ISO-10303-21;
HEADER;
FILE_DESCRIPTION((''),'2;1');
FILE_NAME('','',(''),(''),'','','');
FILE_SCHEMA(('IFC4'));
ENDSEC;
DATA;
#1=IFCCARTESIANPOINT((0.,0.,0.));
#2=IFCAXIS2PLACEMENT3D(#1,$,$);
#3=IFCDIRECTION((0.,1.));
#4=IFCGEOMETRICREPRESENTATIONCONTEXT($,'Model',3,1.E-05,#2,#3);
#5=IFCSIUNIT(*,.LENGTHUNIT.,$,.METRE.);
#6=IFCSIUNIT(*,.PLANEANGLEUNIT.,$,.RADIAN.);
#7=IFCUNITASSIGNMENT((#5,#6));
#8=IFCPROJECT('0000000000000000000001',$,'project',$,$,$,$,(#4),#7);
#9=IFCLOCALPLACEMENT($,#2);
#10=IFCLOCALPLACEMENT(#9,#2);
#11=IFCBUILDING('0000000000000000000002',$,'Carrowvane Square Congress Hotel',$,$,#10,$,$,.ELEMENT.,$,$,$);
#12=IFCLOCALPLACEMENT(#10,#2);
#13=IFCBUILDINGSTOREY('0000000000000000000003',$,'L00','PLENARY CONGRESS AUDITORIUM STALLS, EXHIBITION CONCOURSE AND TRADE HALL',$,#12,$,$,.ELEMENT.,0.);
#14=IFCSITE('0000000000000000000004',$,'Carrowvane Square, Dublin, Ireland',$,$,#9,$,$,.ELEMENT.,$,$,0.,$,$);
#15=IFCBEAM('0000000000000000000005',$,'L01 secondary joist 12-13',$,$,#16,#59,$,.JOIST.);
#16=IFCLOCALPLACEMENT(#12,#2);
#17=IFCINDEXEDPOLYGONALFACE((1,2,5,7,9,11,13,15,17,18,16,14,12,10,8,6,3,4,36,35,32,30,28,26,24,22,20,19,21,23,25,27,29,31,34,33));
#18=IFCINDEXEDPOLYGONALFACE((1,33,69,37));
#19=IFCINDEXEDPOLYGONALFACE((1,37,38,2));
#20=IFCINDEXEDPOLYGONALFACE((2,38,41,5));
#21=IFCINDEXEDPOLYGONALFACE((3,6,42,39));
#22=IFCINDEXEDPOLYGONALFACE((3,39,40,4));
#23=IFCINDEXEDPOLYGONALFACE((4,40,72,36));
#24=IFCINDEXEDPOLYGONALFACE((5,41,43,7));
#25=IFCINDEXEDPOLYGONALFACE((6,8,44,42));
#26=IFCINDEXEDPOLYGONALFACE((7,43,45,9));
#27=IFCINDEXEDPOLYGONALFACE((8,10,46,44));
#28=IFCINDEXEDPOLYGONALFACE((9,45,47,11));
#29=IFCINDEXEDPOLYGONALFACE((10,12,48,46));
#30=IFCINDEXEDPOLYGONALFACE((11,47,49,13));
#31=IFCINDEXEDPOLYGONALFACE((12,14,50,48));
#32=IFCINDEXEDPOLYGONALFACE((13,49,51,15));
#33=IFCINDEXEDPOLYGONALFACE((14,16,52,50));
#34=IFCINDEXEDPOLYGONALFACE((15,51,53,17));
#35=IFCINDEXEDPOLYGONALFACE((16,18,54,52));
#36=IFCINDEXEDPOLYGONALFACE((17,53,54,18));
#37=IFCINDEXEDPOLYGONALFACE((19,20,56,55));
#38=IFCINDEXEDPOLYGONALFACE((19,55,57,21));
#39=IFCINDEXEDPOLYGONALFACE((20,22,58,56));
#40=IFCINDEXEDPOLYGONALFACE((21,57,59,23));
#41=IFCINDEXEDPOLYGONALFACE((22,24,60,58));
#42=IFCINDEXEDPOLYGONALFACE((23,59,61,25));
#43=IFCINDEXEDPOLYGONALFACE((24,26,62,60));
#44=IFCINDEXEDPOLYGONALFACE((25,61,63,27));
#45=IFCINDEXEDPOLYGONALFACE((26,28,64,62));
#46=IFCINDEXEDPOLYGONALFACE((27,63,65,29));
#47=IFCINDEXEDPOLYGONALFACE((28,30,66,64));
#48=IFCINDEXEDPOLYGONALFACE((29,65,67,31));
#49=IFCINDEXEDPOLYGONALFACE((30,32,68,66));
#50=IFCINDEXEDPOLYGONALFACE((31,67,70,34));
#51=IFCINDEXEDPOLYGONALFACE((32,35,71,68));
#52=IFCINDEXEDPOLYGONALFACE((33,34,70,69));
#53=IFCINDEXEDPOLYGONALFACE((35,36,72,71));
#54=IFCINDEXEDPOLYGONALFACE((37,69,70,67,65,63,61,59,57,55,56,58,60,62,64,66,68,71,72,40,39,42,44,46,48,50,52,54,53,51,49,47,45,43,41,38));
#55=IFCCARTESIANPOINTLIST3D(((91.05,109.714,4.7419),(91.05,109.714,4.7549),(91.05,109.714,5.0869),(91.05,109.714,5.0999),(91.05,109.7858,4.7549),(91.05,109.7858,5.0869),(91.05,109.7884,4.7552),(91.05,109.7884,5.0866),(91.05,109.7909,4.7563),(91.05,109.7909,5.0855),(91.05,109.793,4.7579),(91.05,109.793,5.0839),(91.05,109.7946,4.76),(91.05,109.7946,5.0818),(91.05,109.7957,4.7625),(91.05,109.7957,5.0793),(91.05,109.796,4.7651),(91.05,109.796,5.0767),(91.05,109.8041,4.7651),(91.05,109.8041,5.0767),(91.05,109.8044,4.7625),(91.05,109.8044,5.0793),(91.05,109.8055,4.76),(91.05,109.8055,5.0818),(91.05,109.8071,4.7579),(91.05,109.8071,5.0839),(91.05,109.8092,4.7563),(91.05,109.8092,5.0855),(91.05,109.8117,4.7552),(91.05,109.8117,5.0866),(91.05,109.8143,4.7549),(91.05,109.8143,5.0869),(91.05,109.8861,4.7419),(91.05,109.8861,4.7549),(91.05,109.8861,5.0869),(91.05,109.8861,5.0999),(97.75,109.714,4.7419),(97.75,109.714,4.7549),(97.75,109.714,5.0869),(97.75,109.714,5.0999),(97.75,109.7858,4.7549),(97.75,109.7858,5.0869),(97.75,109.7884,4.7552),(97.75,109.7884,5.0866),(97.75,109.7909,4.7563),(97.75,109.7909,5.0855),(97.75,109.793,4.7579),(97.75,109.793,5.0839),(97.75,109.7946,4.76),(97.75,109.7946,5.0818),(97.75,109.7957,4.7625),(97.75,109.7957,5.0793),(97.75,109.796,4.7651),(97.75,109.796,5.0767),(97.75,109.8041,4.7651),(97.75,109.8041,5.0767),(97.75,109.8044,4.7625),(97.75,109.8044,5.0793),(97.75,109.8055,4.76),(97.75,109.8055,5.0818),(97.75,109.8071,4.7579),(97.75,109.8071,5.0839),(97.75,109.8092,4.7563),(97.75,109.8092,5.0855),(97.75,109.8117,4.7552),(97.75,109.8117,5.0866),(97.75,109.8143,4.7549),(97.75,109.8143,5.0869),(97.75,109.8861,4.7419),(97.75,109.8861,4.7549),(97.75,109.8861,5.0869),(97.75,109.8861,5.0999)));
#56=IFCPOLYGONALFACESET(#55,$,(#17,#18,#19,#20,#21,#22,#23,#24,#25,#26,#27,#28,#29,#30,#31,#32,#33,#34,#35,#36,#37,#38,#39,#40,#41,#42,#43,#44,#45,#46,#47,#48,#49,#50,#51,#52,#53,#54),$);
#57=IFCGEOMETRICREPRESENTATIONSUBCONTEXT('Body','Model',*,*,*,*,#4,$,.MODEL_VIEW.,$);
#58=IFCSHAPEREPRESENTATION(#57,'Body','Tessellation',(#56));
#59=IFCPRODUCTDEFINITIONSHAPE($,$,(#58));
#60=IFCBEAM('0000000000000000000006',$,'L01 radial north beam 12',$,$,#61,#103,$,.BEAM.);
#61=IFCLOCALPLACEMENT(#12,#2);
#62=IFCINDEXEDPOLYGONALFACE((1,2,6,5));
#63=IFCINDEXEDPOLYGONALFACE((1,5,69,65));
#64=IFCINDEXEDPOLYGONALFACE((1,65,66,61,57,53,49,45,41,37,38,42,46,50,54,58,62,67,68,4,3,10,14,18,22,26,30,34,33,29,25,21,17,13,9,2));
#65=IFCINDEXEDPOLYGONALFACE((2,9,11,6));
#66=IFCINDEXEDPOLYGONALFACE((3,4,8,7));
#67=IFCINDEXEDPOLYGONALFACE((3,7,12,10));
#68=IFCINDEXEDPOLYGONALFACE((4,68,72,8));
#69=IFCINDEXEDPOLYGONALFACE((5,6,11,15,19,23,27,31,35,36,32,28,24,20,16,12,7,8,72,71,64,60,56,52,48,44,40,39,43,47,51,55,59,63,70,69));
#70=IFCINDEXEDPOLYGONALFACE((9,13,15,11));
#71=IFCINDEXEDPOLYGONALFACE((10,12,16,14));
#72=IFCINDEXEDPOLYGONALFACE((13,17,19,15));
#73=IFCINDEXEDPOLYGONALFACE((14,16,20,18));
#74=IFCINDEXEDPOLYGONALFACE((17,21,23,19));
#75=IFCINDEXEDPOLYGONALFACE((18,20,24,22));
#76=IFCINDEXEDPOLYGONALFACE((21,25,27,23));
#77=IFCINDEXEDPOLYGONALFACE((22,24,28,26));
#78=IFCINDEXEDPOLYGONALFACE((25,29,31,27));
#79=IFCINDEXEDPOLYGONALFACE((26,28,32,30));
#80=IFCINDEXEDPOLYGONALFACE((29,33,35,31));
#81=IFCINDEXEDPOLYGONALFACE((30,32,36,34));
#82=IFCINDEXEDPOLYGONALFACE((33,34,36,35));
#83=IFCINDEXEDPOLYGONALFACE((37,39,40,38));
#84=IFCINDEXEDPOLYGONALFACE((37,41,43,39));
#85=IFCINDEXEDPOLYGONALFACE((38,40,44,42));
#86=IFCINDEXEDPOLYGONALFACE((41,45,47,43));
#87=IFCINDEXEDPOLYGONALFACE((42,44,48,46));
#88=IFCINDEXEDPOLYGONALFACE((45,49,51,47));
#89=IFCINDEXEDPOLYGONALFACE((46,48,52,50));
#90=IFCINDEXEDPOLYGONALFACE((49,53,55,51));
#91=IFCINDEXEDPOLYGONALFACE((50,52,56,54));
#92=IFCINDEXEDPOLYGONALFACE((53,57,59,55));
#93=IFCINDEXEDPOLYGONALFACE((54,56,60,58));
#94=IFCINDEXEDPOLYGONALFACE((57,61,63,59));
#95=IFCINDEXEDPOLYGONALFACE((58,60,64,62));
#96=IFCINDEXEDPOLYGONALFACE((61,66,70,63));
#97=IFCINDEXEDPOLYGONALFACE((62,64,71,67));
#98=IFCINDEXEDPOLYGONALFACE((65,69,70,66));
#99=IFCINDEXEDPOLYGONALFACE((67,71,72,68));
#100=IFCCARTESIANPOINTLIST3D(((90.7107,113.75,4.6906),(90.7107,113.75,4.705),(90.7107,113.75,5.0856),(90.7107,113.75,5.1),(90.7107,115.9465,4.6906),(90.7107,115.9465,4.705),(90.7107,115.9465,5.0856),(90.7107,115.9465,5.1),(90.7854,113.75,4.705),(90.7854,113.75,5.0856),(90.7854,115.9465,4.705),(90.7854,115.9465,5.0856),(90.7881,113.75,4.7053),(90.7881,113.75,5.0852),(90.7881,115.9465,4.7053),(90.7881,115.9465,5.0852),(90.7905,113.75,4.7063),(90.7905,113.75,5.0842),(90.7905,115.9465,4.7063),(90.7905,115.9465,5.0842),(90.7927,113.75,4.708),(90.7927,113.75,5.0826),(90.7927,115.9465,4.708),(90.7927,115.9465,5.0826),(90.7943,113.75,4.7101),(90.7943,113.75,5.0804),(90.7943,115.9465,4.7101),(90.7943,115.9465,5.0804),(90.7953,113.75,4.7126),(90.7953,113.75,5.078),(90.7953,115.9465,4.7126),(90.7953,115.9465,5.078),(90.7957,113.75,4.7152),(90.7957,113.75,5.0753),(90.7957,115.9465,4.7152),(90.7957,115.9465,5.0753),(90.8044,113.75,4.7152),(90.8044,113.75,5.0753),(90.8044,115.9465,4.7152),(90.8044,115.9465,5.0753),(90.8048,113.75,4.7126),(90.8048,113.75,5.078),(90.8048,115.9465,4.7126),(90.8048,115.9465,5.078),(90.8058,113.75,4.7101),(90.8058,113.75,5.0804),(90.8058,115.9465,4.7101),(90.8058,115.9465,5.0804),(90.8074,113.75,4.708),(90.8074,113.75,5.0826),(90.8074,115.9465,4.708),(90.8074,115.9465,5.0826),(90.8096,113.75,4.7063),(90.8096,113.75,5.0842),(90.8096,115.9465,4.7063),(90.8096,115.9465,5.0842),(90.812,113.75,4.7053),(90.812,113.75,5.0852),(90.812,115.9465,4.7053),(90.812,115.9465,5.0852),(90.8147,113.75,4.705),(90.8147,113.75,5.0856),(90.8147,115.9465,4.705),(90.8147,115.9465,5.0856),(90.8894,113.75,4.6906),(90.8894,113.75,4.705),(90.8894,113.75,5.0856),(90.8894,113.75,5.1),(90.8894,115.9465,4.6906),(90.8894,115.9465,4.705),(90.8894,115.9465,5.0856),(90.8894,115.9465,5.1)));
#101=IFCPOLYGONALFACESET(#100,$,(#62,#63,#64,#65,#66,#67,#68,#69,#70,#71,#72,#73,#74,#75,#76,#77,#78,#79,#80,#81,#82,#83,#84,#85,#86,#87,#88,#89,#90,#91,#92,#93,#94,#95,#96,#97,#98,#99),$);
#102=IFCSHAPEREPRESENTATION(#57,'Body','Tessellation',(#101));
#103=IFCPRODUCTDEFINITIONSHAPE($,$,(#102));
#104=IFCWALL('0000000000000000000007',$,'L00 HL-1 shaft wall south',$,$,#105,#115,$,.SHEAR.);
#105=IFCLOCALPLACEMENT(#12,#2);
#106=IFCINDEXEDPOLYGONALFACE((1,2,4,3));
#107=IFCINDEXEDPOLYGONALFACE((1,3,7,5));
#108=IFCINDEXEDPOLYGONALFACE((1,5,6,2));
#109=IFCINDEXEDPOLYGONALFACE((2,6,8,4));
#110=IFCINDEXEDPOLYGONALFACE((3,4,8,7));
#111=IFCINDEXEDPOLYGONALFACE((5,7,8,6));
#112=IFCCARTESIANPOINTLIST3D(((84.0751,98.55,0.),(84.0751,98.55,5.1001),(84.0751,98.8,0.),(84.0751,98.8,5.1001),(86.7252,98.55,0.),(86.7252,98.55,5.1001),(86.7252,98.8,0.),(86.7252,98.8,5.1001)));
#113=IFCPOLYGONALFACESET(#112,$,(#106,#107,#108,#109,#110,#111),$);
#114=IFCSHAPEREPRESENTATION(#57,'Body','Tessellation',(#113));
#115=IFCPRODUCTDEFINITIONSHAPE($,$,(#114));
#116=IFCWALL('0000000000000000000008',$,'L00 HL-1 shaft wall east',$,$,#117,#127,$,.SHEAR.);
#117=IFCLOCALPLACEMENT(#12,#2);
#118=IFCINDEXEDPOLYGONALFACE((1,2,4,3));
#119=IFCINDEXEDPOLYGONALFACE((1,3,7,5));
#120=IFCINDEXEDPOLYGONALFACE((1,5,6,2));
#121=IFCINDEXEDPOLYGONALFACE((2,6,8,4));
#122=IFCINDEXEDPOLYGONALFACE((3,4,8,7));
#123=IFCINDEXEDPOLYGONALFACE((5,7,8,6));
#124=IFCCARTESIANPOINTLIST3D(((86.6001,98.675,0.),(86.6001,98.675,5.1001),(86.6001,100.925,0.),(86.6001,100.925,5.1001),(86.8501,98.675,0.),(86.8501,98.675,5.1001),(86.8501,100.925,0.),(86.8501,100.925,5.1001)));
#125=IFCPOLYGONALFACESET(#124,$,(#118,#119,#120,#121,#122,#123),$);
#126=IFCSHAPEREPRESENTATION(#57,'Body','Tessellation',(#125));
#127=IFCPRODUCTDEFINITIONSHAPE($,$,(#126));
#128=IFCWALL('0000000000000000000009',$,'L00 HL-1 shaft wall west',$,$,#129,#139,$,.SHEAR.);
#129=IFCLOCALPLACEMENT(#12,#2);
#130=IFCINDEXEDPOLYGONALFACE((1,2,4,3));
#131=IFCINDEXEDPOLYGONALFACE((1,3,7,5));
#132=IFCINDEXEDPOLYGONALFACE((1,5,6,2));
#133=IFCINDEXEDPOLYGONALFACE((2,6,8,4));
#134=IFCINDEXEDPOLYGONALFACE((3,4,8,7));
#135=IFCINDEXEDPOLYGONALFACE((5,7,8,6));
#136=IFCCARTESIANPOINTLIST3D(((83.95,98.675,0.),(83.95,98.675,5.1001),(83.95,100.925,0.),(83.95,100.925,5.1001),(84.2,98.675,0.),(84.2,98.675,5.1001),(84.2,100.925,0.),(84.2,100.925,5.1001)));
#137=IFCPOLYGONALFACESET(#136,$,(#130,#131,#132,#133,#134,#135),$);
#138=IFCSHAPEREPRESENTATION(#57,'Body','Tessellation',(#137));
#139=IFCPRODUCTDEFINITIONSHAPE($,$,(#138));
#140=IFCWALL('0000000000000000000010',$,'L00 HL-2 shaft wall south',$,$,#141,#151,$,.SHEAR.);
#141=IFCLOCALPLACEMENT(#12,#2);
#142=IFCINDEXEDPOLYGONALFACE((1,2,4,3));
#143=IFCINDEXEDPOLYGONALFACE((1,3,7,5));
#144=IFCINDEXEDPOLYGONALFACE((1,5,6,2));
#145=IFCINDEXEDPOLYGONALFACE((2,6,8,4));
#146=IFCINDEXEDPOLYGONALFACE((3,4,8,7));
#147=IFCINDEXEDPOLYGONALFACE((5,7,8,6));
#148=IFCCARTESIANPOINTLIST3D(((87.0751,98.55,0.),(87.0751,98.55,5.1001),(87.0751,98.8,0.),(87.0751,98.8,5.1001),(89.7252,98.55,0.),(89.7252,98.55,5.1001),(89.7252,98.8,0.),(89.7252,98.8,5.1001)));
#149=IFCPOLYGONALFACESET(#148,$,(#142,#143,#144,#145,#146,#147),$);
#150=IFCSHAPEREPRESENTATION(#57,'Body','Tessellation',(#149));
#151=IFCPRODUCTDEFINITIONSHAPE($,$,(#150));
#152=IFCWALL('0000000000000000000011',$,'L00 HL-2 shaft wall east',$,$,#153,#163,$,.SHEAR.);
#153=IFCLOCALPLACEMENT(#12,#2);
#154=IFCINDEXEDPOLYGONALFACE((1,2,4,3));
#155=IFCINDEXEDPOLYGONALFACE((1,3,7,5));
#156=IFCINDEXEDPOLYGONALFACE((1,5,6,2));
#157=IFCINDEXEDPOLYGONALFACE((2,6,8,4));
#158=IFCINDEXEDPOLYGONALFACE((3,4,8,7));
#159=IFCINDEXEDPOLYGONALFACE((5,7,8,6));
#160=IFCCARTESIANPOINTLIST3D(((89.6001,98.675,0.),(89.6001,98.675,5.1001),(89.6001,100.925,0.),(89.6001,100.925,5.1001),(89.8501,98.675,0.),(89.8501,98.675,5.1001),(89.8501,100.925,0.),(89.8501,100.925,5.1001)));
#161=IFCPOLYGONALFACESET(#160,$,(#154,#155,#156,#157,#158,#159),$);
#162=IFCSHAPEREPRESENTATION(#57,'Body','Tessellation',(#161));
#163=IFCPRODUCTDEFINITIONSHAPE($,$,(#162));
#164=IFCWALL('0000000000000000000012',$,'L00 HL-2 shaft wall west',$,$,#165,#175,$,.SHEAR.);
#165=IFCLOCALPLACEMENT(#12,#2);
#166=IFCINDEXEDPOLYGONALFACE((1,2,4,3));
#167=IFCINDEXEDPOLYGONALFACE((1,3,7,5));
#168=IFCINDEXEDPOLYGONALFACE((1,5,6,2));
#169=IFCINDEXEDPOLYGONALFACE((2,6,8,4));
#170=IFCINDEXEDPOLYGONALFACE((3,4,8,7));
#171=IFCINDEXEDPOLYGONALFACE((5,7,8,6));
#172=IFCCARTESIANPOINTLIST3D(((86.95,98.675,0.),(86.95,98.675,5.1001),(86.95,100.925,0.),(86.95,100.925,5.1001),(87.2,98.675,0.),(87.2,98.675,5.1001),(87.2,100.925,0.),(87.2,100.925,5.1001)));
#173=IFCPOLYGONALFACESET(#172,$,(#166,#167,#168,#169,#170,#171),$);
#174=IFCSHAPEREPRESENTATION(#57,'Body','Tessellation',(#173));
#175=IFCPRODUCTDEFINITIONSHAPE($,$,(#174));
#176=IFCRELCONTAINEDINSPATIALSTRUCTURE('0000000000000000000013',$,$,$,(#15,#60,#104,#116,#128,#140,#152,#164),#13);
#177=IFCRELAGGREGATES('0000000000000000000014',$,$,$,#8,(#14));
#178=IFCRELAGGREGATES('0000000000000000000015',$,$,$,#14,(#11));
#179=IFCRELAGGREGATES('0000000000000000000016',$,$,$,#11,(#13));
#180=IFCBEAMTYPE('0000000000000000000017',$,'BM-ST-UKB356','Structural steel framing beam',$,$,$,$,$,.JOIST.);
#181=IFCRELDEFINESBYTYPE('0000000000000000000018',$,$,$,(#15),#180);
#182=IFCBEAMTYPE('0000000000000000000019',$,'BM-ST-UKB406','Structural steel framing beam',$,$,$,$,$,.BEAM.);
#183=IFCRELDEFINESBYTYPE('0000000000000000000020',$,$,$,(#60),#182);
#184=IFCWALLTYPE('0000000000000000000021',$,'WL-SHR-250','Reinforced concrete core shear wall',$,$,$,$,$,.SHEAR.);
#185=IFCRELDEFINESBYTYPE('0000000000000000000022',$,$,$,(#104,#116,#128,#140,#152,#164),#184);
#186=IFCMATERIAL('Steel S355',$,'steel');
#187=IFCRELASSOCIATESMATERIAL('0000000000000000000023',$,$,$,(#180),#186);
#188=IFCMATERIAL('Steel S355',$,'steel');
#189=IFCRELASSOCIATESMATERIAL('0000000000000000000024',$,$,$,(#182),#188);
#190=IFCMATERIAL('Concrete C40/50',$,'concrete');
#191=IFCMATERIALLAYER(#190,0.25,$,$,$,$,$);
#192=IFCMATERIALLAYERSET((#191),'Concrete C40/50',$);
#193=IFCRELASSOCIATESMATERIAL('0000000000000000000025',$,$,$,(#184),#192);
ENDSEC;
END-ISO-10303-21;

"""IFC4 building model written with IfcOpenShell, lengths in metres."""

from ifc_helpers import new_model, si_unit, direction, frame, frame_2d, origin, origin_2d, place, context, subcontext, project, spatial, rectangle, i_section, extrude, material, layer, layer_set, material_profile, profile_set, type_object, element, save


model = new_model("IFC4")

# Units and contexts
model_context = context("Model", 3, precision=1e-05, world=origin(), true_north=direction((0.0, 1.0)))
body_context = subcontext(model_context, "Body", "Model", "MODEL_VIEW")
ifc_project = project(units=[si_unit("LENGTHUNIT", "METRE"), si_unit("PLANEANGLEUNIT", "RADIAN")], contexts=[model_context])

# Site, building, storey
site_placement = place(None, origin())
site = spatial("IfcSite", under=ifc_project, at=site_placement, Name="Carrowvane Square, Dublin, Ireland", CompositionType="ELEMENT", RefElevation=0.0)
building_placement = place(site_placement, origin())
building = spatial("IfcBuilding", under=site, at=building_placement, Name="Carrowvane Square Congress Hotel", CompositionType="ELEMENT")
storey_placement = place(building_placement, origin())
storey = spatial("IfcBuildingStorey", under=building, at=storey_placement, Name="L00", Description="PLENARY CONGRESS AUDITORIUM STALLS, EXHIBITION CONCOURSE AND TRADE HALL", CompositionType="ELEMENT", Elevation=0.0)

# Beams
ifc_material_1 = material(Name="Steel S355", Category="steel")
ifc_material_profile_1 = material_profile(ifc_material_1, i_section(OverallWidth=0.1721, OverallDepth=0.3579, WebThickness=0.0081, FlangeThickness=0.0129, FilletRadius=0.0103, at=origin_2d()), Name="UKB 356x171x57")
ifc_profile_set_1 = profile_set([ifc_material_profile_1], Name="Steel S355")
beam_type_1 = type_object("IfcBeamType", Name="BM-ST-UKB356", Description="Structural steel framing beam", PredefinedType="JOIST", material=ifc_profile_set_1)
for number, where, z_axis, x_axis, name in (
    (1, (91.05, 109.8, 4.9209), (1.0, 0.0, 0.0), (0.0, 1.0, 0.0), "L01 secondary joist 12-13"),
):
    element("IfcBeam", number, at=place(storey_placement, frame(where, z_axis=z_axis, x_axis=x_axis)), inside=storey, type_object=beam_type_1, Name=name, PredefinedType="JOIST", context=body_context, shape_type="SweptSolid", body=[
        extrude(i_section(OverallWidth=0.1721, OverallDepth=0.3579, WebThickness=0.0081, FlangeThickness=0.0129, FilletRadius=0.0103, at=origin_2d()), origin(), (0.0, 0.0, 1.0), 6.7),
    ])
ifc_material_2 = material(Name="Steel S355", Category="steel")
ifc_material_profile_2 = material_profile(ifc_material_2, i_section(OverallWidth=0.1787, OverallDepth=0.4094, WebThickness=0.0088, FlangeThickness=0.0144, FilletRadius=0.0103, at=origin_2d()), Name="UKB 406x178x67")
ifc_profile_set_2 = profile_set([ifc_material_profile_2], Name="Steel S355")
beam_type_2 = type_object("IfcBeamType", Name="BM-ST-UKB406", Description="Structural steel framing beam", PredefinedType="BEAM", material=ifc_profile_set_2)
beam_1_placement = place(storey_placement, frame((90.8, 113.75, 4.8953), z_axis=(0.0, 1.0, 0.0), x_axis=(-1.0, 0.0, 0.0)))
element("IfcBeam", 2, at=beam_1_placement, inside=storey, type_object=beam_type_2, Name="L01 radial north beam 12", PredefinedType="BEAM", context=body_context, shape_type="SweptSolid", body=[
    extrude(i_section(OverallWidth=0.1787, OverallDepth=0.4094, WebThickness=0.0088, FlangeThickness=0.0144, FilletRadius=0.0103, at=origin_2d()), origin(), (0.0, 0.0, 1.0), 2.1965),
])

# Walls
ifc_material_3 = material(Name="Concrete C40/50", Category="concrete")
ifc_layer = layer(ifc_material_3, 0.25)
ifc_layer_set = layer_set([ifc_layer], Name="Concrete C40/50")
wall_type = type_object("IfcWallType", Name="WL-SHR-250", Description="Reinforced concrete core shear wall", PredefinedType="SHEAR", material=ifc_layer_set)
wall_1_placement = place(storey_placement, frame((84.075, 98.675, 0.0), z_axis=(0.0, 0.0, 1.0), x_axis=(1.0, 0.0, 0.0)))
element("IfcWall", 3, at=wall_1_placement, inside=storey, type_object=wall_type, Name="L00 HL-1 shaft wall south", PredefinedType="SHEAR", context=body_context, shape_type="SweptSolid", body=[
    extrude(rectangle(XDim=2.6501, YDim=0.25, at=frame_2d((1.3252, 0.0))), origin(), (0.0, 0.0, 1.0), 5.1001),
])
wall_2_placement = place(storey_placement, frame((86.7251, 98.675, 0.0), z_axis=(0.0, 0.0, 1.0), x_axis=(0.0, 1.0, 0.0)))
element("IfcWall", 4, at=wall_2_placement, inside=storey, type_object=wall_type, Name="L00 HL-1 shaft wall east", PredefinedType="SHEAR", context=body_context, shape_type="SweptSolid", body=[
    extrude(rectangle(XDim=2.25, YDim=0.25, at=frame_2d((1.125, 0.0))), origin(), (0.0, 0.0, 1.0), 5.1001),
])

# Walls
wall_3_placement = place(storey_placement, frame((84.075, 100.925, 0.0), z_axis=(0.0, 0.0, 1.0), x_axis=(0.0, -1.0, 0.0)))
element("IfcWall", 5, at=wall_3_placement, inside=storey, type_object=wall_type, Name="L00 HL-1 shaft wall west", PredefinedType="SHEAR", context=body_context, shape_type="SweptSolid", body=[
    extrude(rectangle(XDim=2.25, YDim=0.25, at=frame_2d((1.125, 0.0))), origin(), (0.0, 0.0, 1.0), 5.1001),
])
wall_4_placement = place(storey_placement, frame((87.075, 98.675, 0.0), z_axis=(0.0, 0.0, 1.0), x_axis=(1.0, 0.0, 0.0)))
element("IfcWall", 6, at=wall_4_placement, inside=storey, type_object=wall_type, Name="L00 HL-2 shaft wall south", PredefinedType="SHEAR", context=body_context, shape_type="SweptSolid", body=[
    extrude(rectangle(XDim=2.6501, YDim=0.25, at=frame_2d((1.3252, 0.0))), origin(), (0.0, 0.0, 1.0), 5.1001),
])
wall_5_placement = place(storey_placement, frame((89.7251, 98.675, 0.0), z_axis=(0.0, 0.0, 1.0), x_axis=(0.0, 1.0, 0.0)))
element("IfcWall", 7, at=wall_5_placement, inside=storey, type_object=wall_type, Name="L00 HL-2 shaft wall east", PredefinedType="SHEAR", context=body_context, shape_type="SweptSolid", body=[
    extrude(rectangle(XDim=2.25, YDim=0.25, at=frame_2d((1.125, 0.0))), origin(), (0.0, 0.0, 1.0), 5.1001),
])

# Wall
wall_6_placement = place(storey_placement, frame((87.075, 100.925, 0.0), z_axis=(0.0, 0.0, 1.0), x_axis=(0.0, -1.0, 0.0)))
element("IfcWall", 8, at=wall_6_placement, inside=storey, type_object=wall_type, Name="L00 HL-2 shaft wall west", PredefinedType="SHEAR", context=body_context, shape_type="SweptSolid", body=[
    extrude(rectangle(XDim=2.25, YDim=0.25, at=frame_2d((1.125, 0.0))), origin(), (0.0, 0.0, 1.0), 5.1001),
])

save(model, "model.ifc")
